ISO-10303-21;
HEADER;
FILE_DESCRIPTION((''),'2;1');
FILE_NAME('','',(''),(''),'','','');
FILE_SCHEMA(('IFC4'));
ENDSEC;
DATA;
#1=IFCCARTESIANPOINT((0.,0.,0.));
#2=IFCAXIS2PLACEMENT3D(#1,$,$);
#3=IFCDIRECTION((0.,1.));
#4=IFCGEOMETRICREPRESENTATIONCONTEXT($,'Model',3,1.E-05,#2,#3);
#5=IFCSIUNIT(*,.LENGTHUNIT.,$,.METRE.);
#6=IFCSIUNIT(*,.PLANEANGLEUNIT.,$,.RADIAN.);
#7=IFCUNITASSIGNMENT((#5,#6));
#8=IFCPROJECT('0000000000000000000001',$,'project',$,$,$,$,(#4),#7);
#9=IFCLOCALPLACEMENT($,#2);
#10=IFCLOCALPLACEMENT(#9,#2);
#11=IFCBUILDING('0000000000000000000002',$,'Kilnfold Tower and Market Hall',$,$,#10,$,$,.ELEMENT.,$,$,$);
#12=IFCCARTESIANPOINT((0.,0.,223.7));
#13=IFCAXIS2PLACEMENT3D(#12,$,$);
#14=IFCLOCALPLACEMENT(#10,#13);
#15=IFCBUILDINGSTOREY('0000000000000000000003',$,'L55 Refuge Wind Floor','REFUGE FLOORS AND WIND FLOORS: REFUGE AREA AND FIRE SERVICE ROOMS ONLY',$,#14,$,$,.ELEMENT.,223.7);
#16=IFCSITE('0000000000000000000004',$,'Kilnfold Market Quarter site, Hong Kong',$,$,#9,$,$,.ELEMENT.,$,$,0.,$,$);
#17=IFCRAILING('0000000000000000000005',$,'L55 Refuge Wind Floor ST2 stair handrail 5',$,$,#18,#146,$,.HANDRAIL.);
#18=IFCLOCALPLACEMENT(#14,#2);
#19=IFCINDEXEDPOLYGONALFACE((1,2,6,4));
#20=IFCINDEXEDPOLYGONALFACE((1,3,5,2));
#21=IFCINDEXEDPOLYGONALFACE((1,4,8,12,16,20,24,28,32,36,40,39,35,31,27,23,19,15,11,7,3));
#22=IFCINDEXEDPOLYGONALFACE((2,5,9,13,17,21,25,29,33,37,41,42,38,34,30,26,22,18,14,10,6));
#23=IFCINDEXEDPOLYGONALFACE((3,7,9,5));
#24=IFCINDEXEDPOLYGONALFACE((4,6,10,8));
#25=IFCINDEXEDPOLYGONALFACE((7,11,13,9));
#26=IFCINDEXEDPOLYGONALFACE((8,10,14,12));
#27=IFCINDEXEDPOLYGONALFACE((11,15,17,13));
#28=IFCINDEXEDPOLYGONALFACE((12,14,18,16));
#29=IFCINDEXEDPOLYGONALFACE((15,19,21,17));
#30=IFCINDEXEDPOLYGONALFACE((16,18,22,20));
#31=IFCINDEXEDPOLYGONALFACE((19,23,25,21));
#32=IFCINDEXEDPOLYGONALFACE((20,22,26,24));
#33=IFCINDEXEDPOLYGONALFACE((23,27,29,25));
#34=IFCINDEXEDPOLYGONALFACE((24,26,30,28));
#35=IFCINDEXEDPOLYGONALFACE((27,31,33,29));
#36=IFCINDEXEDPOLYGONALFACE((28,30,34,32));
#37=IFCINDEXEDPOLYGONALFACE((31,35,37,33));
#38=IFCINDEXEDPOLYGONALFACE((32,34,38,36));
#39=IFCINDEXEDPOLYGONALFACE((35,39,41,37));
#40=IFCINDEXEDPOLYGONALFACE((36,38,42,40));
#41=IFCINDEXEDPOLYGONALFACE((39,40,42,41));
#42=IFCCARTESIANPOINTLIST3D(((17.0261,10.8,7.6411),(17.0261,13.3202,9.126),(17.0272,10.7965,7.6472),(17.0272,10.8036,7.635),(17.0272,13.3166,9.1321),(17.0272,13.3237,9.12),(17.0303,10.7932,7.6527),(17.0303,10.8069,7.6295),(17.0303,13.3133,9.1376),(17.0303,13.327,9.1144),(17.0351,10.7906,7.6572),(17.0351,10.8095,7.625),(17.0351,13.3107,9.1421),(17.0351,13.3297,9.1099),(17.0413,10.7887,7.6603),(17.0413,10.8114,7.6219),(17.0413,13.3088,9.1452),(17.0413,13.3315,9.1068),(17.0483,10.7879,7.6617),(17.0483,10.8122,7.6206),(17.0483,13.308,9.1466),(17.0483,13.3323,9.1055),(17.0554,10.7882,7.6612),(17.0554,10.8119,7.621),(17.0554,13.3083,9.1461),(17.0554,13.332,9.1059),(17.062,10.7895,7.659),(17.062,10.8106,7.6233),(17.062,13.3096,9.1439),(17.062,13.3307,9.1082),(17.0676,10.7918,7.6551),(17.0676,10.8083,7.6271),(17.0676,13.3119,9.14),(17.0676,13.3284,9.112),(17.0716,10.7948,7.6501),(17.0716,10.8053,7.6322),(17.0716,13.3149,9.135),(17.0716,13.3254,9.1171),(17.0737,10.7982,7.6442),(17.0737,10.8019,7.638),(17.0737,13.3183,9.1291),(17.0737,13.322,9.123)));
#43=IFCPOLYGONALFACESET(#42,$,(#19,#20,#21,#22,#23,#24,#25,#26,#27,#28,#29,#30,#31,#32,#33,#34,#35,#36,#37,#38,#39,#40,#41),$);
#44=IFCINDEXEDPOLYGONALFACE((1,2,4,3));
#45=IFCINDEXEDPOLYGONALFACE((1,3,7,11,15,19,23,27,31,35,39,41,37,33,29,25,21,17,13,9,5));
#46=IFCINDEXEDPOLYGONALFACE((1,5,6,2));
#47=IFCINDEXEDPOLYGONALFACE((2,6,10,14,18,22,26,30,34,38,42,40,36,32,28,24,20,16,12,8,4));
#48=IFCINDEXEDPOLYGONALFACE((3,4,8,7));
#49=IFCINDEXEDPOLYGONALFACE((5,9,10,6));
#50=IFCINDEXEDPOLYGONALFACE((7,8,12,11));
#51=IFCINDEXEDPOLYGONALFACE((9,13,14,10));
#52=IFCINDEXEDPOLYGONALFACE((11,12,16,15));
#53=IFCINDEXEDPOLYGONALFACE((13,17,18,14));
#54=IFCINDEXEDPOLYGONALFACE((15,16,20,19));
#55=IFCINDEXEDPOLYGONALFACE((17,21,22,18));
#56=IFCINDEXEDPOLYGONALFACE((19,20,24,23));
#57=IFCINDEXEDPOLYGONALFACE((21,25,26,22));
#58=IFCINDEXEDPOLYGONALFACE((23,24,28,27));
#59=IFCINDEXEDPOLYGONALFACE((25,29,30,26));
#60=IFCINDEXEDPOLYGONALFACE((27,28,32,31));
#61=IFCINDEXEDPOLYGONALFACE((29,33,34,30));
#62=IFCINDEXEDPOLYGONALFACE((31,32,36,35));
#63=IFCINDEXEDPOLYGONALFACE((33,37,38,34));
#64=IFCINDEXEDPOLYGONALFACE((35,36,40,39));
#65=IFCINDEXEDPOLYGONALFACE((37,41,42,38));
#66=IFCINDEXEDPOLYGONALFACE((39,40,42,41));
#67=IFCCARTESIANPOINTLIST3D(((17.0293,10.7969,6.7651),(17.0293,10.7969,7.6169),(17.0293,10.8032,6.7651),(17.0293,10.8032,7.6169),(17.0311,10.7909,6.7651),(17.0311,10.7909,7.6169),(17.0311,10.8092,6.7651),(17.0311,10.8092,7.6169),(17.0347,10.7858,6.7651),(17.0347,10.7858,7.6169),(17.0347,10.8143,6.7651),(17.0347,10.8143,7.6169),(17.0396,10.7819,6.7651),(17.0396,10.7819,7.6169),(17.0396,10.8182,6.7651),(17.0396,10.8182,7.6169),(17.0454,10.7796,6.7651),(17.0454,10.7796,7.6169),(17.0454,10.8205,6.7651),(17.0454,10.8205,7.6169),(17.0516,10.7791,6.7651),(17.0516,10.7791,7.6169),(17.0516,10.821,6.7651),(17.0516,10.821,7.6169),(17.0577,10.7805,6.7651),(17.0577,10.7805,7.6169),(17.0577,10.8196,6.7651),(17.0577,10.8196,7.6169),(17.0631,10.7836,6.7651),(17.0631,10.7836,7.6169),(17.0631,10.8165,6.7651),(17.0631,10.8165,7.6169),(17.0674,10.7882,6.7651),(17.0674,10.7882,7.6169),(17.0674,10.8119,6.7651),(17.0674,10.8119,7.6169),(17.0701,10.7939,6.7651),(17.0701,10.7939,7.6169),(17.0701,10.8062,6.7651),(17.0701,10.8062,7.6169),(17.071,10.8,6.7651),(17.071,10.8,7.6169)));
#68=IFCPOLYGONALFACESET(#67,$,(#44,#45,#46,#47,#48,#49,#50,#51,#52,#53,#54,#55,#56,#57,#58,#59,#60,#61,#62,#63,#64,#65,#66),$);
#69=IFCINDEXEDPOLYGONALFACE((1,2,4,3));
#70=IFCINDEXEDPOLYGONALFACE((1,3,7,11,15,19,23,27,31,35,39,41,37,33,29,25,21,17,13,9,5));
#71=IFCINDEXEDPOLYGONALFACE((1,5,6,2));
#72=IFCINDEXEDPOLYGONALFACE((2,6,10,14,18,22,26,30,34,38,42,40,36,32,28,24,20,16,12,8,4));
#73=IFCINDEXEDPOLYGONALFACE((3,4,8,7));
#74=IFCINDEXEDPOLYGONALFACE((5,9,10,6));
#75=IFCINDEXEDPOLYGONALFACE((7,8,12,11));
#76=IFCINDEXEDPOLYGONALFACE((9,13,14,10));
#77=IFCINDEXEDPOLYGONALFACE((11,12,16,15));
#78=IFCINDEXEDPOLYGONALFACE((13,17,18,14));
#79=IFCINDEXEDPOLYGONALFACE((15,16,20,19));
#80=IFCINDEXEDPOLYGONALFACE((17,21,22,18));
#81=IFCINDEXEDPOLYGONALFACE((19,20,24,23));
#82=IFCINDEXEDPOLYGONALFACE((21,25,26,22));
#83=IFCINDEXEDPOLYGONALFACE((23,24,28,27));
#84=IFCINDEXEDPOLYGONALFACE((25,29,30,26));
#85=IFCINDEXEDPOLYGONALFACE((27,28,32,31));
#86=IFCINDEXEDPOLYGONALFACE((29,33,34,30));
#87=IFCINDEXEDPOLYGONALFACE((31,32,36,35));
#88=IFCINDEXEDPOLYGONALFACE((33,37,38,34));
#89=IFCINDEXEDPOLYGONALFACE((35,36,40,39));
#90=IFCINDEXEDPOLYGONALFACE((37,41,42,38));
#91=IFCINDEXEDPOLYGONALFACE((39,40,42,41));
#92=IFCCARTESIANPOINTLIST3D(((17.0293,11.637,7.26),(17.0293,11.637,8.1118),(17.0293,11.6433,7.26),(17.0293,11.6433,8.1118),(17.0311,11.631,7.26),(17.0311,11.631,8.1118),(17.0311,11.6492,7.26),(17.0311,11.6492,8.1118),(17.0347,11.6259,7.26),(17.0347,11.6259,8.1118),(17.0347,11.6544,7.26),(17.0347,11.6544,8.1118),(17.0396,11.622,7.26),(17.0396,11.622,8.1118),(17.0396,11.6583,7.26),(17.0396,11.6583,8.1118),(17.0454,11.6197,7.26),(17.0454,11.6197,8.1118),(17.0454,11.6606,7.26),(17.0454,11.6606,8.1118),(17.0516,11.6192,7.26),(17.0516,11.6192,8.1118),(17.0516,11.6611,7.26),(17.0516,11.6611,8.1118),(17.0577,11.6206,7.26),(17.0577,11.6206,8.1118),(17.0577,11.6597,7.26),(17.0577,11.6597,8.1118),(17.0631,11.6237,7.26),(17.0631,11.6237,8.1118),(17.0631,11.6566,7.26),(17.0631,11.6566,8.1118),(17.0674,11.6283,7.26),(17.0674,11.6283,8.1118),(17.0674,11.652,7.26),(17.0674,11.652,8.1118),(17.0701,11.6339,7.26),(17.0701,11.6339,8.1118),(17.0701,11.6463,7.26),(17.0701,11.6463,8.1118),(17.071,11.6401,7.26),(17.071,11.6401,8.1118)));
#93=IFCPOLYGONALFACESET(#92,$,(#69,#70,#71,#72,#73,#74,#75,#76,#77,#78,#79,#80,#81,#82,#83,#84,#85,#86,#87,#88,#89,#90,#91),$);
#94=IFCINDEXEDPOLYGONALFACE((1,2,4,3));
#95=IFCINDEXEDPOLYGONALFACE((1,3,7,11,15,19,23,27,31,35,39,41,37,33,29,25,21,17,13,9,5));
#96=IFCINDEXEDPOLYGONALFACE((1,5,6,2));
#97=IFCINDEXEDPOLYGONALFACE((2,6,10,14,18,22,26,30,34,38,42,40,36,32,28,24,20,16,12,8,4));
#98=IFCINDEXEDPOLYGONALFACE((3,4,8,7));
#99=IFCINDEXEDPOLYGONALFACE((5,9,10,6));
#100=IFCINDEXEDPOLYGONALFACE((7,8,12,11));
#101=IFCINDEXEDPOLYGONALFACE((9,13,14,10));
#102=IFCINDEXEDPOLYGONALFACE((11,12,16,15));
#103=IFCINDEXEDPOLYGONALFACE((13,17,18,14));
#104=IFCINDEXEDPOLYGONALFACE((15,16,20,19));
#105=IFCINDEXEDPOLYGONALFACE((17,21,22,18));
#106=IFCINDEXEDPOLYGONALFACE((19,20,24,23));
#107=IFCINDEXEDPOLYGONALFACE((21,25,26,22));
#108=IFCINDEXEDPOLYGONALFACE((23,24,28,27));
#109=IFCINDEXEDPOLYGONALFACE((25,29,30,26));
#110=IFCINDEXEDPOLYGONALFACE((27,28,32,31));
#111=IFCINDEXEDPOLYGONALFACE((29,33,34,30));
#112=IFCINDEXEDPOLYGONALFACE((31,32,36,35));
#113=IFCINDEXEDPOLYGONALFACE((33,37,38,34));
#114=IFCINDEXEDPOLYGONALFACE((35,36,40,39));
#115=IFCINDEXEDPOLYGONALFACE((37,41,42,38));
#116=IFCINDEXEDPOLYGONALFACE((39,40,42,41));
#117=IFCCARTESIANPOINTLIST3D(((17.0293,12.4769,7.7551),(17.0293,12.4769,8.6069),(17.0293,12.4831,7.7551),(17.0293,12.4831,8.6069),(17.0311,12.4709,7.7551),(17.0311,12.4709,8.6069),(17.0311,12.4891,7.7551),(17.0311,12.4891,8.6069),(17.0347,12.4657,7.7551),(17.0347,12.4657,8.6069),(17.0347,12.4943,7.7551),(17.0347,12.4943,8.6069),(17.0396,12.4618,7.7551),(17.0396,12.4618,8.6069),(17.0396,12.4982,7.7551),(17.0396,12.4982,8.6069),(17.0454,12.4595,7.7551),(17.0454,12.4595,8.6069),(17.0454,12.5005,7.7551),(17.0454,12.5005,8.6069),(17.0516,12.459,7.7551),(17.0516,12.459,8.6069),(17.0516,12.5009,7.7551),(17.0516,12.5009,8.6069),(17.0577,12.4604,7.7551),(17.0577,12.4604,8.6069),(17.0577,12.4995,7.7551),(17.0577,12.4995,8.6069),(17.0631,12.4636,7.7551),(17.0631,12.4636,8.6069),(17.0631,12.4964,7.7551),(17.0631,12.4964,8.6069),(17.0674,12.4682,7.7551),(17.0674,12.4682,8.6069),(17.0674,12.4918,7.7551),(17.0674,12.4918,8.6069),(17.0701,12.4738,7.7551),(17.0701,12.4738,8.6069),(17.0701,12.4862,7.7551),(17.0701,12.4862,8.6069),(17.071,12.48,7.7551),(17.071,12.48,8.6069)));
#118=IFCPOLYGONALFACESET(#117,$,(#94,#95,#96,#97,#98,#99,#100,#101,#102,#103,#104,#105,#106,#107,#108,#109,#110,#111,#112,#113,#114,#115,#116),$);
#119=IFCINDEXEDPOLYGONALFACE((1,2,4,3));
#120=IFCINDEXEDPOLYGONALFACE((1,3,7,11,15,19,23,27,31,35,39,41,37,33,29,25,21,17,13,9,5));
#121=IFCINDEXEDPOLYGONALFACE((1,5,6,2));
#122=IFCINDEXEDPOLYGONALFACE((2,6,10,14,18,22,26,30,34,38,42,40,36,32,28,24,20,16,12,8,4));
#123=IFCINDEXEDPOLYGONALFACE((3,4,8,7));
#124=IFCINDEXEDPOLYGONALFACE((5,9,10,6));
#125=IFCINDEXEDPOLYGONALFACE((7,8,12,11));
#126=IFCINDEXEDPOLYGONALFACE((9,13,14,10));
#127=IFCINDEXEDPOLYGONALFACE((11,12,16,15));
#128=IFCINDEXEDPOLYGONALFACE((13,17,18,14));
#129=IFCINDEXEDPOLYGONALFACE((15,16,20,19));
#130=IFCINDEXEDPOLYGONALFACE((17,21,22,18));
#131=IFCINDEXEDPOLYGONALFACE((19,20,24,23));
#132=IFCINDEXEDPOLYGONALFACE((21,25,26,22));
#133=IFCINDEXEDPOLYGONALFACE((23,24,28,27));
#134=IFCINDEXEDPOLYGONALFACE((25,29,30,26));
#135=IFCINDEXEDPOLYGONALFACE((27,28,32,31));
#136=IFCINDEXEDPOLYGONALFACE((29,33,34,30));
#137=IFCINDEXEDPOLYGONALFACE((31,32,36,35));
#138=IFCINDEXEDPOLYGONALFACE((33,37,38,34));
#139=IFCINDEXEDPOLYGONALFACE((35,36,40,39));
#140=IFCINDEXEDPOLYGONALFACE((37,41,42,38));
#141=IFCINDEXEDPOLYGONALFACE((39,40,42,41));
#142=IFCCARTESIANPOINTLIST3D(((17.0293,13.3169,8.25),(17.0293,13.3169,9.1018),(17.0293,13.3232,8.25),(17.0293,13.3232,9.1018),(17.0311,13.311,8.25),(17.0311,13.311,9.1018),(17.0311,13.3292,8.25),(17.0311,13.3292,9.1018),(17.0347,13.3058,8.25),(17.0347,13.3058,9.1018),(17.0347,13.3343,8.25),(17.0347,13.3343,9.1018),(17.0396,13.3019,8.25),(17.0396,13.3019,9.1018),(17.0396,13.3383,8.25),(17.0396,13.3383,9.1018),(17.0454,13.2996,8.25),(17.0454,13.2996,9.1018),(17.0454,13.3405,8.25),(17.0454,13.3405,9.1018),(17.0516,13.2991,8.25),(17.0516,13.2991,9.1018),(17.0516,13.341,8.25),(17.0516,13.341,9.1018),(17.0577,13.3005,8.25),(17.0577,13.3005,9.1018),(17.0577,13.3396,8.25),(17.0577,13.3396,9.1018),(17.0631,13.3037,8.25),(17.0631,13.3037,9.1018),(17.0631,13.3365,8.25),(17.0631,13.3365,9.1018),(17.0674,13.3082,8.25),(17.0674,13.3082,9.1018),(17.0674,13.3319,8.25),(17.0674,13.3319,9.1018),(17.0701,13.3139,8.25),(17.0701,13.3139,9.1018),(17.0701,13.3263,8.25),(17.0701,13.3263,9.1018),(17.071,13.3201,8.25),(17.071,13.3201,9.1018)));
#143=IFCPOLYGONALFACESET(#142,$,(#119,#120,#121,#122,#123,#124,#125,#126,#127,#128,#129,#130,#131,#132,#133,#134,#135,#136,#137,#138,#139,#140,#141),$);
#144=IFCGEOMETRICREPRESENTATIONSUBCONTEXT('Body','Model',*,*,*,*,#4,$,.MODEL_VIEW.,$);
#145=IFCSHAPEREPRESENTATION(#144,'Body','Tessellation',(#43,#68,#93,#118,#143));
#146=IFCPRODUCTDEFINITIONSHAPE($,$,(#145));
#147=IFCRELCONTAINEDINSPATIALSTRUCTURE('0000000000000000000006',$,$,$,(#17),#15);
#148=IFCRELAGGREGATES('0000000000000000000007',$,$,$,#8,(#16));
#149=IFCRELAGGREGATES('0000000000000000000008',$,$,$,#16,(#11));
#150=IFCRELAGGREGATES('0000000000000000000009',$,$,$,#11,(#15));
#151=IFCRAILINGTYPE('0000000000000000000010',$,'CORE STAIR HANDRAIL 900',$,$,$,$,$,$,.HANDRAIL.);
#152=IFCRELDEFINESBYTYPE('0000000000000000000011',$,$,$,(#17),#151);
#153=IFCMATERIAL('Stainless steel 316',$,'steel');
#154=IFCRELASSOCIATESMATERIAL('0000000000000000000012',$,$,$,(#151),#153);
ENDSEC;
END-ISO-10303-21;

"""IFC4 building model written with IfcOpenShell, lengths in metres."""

from ifc_helpers import new_model, si_unit, direction, frame, origin, origin_2d, place, context, subcontext, project, spatial, circle, extrude, material, type_object, element, save


model = new_model("IFC4")

# Units and contexts
model_context = context("Model", 3, precision=1e-05, world=origin(), true_north=direction((0.0, 1.0)))
body_context = subcontext(model_context, "Body", "Model", "MODEL_VIEW")
ifc_project = project(units=[si_unit("LENGTHUNIT", "METRE"), si_unit("PLANEANGLEUNIT", "RADIAN")], contexts=[model_context])

# Site, building, storey
site_placement = place(None, origin())
site = spatial("IfcSite", under=ifc_project, at=site_placement, Name="Kilnfold Market Quarter site, Hong Kong", CompositionType="ELEMENT", RefElevation=0.0)
building_placement = place(site_placement, origin())
building = spatial("IfcBuilding", under=site, at=building_placement, Name="Kilnfold Tower and Market Hall", CompositionType="ELEMENT")
storey_placement = place(building_placement, frame((0.0, 0.0, 223.7)))
storey = spatial("IfcBuildingStorey", under=building, at=storey_placement, Name="L55 Refuge Wind Floor", Description="REFUGE FLOORS AND WIND FLOORS: REFUGE AREA AND FIRE SERVICE ROOMS ONLY", CompositionType="ELEMENT", Elevation=223.7)

# Railing
ifc_material_1 = material(Name="Stainless steel 316", Category="steel")
railing_type_1 = type_object("IfcRailingType", Name="CORE STAIR HANDRAIL 900", PredefinedType="HANDRAIL", material=ifc_material_1)
for number, where, name in (
    (1, (17.05, 10.8, 6.7651), "L55 Refuge Wind Floor ST2 stair handrail 5"),
):
    element("IfcRailing", number, at=place(storey_placement, frame(where)), inside=storey, type_object=railing_type_1, Name=name, PredefinedType="HANDRAIL", context=body_context, shape_type="SweptSolid", body=[
        extrude(circle(Radius=0.0239, at=origin_2d()), frame((0.0, 0.0, 0.876), z_axis=(0.0, 0.861561, 0.507655), x_axis=(-1.0, 0.0, 0.0)), (0.0, 0.0, 1.0), 2.925),
        extrude(circle(Radius=0.021, at=origin_2d()), origin(), (0.0, 0.0, 1.0), 0.8518),
        extrude(circle(Radius=0.021, at=origin_2d()), frame((0.0, 0.8401, 0.4949)), (0.0, 0.0, 1.0), 0.8518),
        extrude(circle(Radius=0.021, at=origin_2d()), frame((0.0, 1.6799, 0.99)), (0.0, 0.0, 1.0), 0.8518),
        extrude(circle(Radius=0.021, at=origin_2d()), frame((0.0, 2.52, 1.4849)), (0.0, 0.0, 1.0), 0.8518),
    ])

save(model, "model.ifc")
